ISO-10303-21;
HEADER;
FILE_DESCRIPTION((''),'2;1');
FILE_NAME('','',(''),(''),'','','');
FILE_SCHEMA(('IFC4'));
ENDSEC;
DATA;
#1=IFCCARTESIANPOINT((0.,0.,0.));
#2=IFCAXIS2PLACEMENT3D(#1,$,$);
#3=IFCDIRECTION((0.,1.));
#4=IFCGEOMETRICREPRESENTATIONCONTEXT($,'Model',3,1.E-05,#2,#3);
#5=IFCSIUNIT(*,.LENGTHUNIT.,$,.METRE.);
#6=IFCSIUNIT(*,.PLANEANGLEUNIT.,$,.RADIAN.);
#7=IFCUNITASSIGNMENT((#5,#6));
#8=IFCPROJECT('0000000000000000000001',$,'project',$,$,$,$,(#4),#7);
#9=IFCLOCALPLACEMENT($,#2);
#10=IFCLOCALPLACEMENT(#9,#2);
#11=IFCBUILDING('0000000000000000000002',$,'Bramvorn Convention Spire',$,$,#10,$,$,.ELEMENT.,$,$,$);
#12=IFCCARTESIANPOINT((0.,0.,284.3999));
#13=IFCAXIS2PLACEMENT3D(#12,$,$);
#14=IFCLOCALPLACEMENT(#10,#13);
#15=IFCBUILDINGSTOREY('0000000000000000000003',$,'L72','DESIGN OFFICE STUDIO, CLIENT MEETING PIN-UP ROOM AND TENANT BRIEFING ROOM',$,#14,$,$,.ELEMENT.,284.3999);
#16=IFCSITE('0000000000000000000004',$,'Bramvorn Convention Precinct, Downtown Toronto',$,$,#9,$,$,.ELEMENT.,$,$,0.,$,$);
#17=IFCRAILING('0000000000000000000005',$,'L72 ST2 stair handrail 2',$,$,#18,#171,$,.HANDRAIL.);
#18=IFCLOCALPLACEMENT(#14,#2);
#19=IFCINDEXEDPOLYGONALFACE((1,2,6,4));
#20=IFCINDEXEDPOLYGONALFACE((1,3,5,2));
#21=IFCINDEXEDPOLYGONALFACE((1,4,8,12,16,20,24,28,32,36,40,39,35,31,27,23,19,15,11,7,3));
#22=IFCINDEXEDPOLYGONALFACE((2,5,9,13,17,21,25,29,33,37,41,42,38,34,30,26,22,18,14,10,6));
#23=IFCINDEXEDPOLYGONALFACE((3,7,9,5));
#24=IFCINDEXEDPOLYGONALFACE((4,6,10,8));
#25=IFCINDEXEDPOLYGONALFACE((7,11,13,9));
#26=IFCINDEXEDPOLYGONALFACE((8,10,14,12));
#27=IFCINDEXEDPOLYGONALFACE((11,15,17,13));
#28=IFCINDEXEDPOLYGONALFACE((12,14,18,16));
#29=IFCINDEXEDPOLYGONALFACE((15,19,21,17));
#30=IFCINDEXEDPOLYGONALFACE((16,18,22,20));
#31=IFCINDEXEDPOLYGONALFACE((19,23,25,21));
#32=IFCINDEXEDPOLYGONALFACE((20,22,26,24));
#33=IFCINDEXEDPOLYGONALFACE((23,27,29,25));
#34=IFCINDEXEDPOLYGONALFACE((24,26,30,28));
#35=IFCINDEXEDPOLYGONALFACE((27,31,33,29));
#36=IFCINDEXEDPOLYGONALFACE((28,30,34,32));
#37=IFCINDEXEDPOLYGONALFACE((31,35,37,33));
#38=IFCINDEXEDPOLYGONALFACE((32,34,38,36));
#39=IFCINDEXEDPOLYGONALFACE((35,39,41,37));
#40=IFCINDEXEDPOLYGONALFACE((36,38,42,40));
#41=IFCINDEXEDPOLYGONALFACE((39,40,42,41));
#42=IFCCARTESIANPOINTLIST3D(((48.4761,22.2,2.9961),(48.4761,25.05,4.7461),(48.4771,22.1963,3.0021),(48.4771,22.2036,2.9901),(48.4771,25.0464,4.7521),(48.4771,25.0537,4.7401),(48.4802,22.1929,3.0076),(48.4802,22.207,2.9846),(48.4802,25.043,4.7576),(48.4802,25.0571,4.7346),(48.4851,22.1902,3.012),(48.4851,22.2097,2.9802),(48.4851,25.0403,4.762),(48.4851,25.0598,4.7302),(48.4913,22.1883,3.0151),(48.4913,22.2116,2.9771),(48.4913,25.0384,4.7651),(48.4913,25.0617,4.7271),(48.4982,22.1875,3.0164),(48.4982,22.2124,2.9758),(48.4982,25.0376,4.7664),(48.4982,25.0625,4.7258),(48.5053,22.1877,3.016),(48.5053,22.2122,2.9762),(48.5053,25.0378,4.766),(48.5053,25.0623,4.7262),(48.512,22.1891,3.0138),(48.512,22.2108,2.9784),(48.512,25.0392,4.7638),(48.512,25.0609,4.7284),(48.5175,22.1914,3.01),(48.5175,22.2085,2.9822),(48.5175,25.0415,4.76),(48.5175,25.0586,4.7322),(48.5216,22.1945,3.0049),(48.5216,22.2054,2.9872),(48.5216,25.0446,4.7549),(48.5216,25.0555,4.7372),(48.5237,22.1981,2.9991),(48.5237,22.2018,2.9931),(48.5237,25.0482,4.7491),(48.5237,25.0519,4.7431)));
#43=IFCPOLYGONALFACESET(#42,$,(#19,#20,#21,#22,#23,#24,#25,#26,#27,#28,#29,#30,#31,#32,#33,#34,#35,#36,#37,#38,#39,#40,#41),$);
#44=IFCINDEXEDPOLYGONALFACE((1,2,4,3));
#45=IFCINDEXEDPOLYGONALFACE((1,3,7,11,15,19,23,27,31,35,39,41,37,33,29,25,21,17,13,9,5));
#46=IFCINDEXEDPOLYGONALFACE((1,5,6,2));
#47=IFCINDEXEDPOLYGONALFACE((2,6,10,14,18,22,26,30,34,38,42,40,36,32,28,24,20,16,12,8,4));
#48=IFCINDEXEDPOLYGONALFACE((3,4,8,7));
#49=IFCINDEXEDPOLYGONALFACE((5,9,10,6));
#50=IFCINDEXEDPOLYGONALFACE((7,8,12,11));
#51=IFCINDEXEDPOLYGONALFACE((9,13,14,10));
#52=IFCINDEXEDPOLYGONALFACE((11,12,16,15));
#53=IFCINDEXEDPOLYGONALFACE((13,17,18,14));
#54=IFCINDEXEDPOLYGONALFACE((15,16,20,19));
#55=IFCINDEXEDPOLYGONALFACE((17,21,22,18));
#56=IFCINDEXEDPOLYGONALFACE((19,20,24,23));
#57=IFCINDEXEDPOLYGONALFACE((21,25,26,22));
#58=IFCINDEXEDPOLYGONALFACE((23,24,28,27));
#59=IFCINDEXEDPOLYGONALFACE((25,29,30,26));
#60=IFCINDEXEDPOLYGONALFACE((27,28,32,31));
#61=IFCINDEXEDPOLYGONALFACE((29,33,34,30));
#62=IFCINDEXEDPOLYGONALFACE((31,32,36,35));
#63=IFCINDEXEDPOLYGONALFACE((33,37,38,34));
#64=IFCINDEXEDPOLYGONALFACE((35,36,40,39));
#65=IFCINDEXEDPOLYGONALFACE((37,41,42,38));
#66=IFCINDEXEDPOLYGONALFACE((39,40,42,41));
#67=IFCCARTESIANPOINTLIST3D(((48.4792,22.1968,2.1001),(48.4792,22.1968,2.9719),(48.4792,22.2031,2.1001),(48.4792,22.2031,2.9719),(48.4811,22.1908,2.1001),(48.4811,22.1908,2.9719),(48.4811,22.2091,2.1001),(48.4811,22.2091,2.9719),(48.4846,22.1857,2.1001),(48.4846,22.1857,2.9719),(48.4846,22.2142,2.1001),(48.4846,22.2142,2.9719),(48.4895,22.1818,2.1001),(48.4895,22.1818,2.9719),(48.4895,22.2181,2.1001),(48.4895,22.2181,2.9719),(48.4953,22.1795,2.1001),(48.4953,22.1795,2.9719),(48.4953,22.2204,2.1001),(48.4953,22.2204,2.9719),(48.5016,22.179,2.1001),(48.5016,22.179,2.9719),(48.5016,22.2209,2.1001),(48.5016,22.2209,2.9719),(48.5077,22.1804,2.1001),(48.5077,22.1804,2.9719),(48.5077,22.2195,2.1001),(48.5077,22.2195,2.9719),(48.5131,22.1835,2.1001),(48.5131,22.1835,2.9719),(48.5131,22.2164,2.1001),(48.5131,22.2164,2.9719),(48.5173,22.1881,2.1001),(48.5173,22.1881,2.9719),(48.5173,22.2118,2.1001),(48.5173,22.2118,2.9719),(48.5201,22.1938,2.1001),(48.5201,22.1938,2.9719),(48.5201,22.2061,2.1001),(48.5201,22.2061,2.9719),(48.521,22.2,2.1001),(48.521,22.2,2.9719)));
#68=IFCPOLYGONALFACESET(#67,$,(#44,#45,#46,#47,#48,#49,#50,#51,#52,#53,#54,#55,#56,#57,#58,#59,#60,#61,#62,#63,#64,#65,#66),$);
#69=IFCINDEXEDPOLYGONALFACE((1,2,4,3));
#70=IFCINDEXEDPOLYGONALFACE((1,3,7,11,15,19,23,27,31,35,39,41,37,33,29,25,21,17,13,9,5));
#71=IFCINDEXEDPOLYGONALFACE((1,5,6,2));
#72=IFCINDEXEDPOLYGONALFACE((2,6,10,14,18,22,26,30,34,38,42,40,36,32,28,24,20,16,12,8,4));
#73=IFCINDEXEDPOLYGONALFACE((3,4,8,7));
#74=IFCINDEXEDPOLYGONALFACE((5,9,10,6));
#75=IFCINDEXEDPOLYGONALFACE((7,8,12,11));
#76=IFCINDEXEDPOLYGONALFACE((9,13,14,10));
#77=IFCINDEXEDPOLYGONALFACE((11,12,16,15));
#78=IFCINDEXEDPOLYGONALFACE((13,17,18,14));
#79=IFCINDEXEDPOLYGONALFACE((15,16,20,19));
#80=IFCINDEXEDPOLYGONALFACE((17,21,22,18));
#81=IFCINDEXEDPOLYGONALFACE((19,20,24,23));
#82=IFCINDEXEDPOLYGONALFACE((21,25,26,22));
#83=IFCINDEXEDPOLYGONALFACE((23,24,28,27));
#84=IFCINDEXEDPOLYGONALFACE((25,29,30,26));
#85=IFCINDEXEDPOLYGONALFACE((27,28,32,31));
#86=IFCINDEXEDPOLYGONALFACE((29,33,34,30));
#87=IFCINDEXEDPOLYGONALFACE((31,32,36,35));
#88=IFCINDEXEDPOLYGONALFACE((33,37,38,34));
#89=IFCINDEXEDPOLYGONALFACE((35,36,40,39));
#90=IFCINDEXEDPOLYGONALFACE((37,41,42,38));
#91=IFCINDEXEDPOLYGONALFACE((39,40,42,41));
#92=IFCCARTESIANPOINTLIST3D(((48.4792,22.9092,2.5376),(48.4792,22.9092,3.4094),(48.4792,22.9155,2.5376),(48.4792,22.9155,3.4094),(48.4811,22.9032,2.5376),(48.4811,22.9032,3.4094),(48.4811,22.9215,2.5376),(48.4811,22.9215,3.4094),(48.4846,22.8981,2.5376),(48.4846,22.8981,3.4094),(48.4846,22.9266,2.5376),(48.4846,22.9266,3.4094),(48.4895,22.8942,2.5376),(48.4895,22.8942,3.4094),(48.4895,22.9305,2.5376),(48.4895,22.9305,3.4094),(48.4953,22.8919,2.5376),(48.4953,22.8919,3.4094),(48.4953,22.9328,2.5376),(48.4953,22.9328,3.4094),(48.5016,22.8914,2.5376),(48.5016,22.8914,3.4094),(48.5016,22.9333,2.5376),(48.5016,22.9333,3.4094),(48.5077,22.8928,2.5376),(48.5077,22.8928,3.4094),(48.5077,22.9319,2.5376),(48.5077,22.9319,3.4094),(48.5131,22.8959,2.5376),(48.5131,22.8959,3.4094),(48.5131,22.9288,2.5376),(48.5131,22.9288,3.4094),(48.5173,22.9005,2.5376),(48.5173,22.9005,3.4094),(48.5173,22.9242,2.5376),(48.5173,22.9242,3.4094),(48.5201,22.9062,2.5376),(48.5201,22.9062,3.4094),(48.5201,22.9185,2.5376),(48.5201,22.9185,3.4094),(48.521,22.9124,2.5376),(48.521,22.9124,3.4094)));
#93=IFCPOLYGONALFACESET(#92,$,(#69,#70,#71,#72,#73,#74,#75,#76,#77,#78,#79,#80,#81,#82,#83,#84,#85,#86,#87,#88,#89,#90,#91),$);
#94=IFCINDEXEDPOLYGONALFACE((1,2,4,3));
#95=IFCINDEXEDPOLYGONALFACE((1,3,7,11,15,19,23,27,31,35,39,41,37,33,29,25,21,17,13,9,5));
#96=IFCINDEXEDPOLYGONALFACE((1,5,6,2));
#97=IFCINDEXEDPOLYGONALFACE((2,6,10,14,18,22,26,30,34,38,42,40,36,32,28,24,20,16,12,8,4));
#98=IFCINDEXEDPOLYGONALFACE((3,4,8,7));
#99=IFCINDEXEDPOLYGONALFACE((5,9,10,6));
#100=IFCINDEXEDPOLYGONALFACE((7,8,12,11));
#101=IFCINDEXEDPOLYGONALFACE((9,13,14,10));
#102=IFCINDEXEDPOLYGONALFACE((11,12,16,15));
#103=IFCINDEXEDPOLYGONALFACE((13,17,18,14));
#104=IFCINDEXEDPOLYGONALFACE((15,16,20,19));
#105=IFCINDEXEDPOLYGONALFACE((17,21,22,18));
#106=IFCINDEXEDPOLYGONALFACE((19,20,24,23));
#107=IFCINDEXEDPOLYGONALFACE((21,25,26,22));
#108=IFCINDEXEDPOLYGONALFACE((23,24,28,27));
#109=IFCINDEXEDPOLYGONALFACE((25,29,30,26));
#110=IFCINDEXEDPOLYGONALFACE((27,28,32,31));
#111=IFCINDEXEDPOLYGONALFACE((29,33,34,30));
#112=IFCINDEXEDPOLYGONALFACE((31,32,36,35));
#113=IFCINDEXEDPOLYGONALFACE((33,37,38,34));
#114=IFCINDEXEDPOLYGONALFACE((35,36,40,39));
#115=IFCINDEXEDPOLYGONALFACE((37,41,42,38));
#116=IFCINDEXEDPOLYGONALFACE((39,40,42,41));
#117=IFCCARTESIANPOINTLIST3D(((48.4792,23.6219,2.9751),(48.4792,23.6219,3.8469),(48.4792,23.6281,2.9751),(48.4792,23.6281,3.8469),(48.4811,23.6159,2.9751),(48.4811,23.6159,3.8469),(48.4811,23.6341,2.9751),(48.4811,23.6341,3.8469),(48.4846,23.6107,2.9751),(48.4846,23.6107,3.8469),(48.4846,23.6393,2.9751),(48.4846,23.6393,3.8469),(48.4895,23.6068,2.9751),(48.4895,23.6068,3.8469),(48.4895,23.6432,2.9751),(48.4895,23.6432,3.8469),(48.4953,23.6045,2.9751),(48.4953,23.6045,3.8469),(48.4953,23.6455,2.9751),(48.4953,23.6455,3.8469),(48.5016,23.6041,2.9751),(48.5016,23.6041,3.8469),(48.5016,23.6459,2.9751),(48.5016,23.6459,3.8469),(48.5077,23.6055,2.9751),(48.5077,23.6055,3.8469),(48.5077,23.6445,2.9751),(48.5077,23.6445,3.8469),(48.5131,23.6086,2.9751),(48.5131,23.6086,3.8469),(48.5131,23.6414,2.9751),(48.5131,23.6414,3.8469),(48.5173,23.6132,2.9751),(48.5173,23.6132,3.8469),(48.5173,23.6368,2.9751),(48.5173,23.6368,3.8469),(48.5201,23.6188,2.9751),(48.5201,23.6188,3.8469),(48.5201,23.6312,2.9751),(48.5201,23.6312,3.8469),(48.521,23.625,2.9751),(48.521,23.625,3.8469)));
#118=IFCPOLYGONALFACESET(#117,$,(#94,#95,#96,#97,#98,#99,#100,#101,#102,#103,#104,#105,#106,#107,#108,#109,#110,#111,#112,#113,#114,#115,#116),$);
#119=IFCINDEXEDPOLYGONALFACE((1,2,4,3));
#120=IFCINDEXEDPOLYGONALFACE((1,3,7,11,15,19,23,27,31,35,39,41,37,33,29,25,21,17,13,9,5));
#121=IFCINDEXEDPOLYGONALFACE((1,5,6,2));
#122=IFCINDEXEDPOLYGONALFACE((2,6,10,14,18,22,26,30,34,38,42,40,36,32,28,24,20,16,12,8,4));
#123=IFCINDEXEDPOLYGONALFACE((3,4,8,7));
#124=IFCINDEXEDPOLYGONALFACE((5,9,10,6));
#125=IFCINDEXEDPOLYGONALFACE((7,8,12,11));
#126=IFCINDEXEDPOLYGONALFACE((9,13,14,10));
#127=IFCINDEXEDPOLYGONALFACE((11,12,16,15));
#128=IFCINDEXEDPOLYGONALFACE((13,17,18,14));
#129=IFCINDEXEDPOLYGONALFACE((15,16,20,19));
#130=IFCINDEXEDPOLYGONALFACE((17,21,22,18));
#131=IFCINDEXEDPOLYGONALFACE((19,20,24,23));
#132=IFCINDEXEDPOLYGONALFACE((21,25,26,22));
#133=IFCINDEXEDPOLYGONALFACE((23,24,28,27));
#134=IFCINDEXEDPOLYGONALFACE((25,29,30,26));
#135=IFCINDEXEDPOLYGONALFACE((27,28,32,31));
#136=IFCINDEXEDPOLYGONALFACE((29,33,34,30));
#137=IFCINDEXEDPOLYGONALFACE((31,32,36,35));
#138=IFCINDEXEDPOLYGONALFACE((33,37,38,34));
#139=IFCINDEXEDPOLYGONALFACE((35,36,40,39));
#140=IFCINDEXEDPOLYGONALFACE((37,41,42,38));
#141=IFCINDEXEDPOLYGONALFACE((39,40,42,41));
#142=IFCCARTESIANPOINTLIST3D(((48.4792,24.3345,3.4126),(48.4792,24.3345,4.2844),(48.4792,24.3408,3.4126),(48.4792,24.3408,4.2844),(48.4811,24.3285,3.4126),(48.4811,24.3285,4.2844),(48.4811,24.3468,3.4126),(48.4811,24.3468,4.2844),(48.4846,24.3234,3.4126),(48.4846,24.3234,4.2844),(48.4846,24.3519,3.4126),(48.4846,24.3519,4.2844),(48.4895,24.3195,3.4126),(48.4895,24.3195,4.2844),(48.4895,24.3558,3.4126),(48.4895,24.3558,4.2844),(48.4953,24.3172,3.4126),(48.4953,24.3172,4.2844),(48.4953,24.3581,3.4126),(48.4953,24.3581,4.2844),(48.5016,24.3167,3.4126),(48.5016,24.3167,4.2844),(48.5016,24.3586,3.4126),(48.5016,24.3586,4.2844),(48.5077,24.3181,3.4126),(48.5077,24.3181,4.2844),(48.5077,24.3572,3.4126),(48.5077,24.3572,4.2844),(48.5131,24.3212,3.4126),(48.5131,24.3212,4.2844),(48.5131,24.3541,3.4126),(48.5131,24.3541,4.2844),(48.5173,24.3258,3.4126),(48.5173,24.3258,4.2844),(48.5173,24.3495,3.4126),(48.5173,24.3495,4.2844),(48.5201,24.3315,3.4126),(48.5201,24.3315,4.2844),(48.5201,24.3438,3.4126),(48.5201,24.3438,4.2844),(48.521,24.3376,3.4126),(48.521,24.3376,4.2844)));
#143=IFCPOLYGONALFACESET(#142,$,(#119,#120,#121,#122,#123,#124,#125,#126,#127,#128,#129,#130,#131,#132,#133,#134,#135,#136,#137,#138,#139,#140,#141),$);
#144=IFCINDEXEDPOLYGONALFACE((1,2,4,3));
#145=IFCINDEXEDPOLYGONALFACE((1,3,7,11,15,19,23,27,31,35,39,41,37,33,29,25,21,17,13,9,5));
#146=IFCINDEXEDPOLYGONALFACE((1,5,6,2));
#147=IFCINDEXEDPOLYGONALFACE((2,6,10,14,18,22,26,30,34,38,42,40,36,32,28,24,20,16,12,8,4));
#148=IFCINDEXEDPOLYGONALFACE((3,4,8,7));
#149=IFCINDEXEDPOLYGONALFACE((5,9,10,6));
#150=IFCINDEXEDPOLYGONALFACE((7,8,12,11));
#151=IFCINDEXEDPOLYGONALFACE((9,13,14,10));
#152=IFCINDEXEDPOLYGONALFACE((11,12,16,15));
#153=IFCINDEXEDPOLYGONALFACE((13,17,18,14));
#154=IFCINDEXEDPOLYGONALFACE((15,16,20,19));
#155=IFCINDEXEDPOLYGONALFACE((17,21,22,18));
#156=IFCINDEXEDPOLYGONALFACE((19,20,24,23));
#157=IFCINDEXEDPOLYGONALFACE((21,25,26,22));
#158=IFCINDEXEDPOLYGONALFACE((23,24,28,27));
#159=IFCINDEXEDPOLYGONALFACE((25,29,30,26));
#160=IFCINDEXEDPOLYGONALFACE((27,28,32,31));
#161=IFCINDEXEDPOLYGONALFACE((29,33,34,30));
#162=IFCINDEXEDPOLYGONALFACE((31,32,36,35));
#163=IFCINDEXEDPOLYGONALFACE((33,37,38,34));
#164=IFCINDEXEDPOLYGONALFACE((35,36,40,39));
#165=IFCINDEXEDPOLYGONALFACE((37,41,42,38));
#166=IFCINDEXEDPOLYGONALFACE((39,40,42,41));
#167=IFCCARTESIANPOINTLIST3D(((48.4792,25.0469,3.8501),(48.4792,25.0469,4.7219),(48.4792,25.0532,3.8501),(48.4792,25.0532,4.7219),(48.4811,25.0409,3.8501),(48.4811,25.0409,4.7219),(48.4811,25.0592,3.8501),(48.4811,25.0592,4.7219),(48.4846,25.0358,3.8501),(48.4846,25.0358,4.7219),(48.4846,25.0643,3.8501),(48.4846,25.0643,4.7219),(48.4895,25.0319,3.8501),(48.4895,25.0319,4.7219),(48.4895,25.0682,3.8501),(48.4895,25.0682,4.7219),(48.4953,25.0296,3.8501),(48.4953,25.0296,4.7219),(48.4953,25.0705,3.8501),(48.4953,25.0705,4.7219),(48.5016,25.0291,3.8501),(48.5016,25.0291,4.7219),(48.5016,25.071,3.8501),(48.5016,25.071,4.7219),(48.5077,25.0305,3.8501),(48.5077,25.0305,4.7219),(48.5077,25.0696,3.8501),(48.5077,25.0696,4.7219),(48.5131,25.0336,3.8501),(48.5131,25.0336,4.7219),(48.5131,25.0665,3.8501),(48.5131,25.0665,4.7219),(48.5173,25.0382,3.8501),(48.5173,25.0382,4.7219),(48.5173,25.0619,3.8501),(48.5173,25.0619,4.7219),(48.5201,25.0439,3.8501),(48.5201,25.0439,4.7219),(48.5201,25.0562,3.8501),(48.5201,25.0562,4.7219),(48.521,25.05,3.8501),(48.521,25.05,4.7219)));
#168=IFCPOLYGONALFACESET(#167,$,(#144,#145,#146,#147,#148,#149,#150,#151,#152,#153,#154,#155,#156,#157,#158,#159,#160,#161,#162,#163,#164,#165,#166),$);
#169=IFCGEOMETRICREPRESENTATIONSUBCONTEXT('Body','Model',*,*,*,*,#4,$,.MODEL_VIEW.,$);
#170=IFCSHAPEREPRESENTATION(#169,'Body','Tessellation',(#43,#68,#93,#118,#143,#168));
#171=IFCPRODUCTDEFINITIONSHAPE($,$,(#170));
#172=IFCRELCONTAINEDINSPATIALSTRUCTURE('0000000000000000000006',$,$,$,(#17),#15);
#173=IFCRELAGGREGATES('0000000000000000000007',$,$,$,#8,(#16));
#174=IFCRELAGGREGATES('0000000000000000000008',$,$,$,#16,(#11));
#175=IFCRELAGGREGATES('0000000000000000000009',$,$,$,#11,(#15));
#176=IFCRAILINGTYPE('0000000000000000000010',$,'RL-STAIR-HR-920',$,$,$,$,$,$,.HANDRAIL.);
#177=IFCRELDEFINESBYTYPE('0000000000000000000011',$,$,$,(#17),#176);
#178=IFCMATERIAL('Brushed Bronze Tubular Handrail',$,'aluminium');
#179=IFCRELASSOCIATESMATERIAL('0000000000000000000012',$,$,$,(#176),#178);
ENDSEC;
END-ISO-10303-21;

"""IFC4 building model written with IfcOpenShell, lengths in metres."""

from ifc_helpers import new_model, si_unit, direction, frame, origin, origin_2d, place, context, subcontext, project, spatial, circle, extrude, material, type_object, element, save


model = new_model("IFC4")

# Units and contexts
model_context = context("Model", 3, precision=1e-05, world=origin(), true_north=direction((0.0, 1.0)))
body_context = subcontext(model_context, "Body", "Model", "MODEL_VIEW")
ifc_project = project(units=[si_unit("LENGTHUNIT", "METRE"), si_unit("PLANEANGLEUNIT", "RADIAN")], contexts=[model_context])

# Site, building, storey
site_placement = place(None, origin())
site = spatial("IfcSite", under=ifc_project, at=site_placement, Name="Bramvorn Convention Precinct, Downtown Toronto", CompositionType="ELEMENT", RefElevation=0.0)
building_placement = place(site_placement, origin())
building = spatial("IfcBuilding", under=site, at=building_placement, Name="Bramvorn Convention Spire", CompositionType="ELEMENT")
storey_placement = place(building_placement, frame((0.0, 0.0, 284.3999)))
storey = spatial("IfcBuildingStorey", under=building, at=storey_placement, Name="L72", Description="DESIGN OFFICE STUDIO, CLIENT MEETING PIN-UP ROOM AND TENANT BRIEFING ROOM", CompositionType="ELEMENT", Elevation=284.3999)

# Railing
ifc_material_1 = material(Name="Brushed Bronze Tubular Handrail", Category="aluminium")
railing_type_1 = type_object("IfcRailingType", Name="RL-STAIR-HR-920", PredefinedType="HANDRAIL", material=ifc_material_1)
railing_1_placement = place(storey_placement, frame((48.5, 22.2, 2.1001)))
element("IfcRailing", 1, at=railing_1_placement, inside=storey, type_object=railing_type_1, Name="L72 ST2 stair handrail 2", PredefinedType="HANDRAIL", context=body_context, shape_type="SweptSolid", body=[
    extrude(circle(Radius=0.0239, at=origin_2d()), frame((0.0, 0.0, 0.896), z_axis=(0.0, 0.852179, 0.52325), x_axis=(-1.0, 0.0, 0.0)), (0.0, 0.0, 1.0), 3.3445),
    extrude(circle(Radius=0.021, at=origin_2d()), origin(), (0.0, 0.0, 1.0), 0.8718),
    extrude(circle(Radius=0.021, at=origin_2d()), frame((0.0, 0.7124, 0.4375)), (0.0, 0.0, 1.0), 0.8718),
    extrude(circle(Radius=0.021, at=origin_2d()), frame((0.0, 1.425, 0.875)), (0.0, 0.0, 1.0), 0.8718),
    extrude(circle(Radius=0.021, at=origin_2d()), frame((0.0, 2.1377, 1.3125)), (0.0, 0.0, 1.0), 0.8718),
    extrude(circle(Radius=0.021, at=origin_2d()), frame((0.0, 2.8501, 1.75)), (0.0, 0.0, 1.0), 0.8718),
])

save(model, "model.ifc")
